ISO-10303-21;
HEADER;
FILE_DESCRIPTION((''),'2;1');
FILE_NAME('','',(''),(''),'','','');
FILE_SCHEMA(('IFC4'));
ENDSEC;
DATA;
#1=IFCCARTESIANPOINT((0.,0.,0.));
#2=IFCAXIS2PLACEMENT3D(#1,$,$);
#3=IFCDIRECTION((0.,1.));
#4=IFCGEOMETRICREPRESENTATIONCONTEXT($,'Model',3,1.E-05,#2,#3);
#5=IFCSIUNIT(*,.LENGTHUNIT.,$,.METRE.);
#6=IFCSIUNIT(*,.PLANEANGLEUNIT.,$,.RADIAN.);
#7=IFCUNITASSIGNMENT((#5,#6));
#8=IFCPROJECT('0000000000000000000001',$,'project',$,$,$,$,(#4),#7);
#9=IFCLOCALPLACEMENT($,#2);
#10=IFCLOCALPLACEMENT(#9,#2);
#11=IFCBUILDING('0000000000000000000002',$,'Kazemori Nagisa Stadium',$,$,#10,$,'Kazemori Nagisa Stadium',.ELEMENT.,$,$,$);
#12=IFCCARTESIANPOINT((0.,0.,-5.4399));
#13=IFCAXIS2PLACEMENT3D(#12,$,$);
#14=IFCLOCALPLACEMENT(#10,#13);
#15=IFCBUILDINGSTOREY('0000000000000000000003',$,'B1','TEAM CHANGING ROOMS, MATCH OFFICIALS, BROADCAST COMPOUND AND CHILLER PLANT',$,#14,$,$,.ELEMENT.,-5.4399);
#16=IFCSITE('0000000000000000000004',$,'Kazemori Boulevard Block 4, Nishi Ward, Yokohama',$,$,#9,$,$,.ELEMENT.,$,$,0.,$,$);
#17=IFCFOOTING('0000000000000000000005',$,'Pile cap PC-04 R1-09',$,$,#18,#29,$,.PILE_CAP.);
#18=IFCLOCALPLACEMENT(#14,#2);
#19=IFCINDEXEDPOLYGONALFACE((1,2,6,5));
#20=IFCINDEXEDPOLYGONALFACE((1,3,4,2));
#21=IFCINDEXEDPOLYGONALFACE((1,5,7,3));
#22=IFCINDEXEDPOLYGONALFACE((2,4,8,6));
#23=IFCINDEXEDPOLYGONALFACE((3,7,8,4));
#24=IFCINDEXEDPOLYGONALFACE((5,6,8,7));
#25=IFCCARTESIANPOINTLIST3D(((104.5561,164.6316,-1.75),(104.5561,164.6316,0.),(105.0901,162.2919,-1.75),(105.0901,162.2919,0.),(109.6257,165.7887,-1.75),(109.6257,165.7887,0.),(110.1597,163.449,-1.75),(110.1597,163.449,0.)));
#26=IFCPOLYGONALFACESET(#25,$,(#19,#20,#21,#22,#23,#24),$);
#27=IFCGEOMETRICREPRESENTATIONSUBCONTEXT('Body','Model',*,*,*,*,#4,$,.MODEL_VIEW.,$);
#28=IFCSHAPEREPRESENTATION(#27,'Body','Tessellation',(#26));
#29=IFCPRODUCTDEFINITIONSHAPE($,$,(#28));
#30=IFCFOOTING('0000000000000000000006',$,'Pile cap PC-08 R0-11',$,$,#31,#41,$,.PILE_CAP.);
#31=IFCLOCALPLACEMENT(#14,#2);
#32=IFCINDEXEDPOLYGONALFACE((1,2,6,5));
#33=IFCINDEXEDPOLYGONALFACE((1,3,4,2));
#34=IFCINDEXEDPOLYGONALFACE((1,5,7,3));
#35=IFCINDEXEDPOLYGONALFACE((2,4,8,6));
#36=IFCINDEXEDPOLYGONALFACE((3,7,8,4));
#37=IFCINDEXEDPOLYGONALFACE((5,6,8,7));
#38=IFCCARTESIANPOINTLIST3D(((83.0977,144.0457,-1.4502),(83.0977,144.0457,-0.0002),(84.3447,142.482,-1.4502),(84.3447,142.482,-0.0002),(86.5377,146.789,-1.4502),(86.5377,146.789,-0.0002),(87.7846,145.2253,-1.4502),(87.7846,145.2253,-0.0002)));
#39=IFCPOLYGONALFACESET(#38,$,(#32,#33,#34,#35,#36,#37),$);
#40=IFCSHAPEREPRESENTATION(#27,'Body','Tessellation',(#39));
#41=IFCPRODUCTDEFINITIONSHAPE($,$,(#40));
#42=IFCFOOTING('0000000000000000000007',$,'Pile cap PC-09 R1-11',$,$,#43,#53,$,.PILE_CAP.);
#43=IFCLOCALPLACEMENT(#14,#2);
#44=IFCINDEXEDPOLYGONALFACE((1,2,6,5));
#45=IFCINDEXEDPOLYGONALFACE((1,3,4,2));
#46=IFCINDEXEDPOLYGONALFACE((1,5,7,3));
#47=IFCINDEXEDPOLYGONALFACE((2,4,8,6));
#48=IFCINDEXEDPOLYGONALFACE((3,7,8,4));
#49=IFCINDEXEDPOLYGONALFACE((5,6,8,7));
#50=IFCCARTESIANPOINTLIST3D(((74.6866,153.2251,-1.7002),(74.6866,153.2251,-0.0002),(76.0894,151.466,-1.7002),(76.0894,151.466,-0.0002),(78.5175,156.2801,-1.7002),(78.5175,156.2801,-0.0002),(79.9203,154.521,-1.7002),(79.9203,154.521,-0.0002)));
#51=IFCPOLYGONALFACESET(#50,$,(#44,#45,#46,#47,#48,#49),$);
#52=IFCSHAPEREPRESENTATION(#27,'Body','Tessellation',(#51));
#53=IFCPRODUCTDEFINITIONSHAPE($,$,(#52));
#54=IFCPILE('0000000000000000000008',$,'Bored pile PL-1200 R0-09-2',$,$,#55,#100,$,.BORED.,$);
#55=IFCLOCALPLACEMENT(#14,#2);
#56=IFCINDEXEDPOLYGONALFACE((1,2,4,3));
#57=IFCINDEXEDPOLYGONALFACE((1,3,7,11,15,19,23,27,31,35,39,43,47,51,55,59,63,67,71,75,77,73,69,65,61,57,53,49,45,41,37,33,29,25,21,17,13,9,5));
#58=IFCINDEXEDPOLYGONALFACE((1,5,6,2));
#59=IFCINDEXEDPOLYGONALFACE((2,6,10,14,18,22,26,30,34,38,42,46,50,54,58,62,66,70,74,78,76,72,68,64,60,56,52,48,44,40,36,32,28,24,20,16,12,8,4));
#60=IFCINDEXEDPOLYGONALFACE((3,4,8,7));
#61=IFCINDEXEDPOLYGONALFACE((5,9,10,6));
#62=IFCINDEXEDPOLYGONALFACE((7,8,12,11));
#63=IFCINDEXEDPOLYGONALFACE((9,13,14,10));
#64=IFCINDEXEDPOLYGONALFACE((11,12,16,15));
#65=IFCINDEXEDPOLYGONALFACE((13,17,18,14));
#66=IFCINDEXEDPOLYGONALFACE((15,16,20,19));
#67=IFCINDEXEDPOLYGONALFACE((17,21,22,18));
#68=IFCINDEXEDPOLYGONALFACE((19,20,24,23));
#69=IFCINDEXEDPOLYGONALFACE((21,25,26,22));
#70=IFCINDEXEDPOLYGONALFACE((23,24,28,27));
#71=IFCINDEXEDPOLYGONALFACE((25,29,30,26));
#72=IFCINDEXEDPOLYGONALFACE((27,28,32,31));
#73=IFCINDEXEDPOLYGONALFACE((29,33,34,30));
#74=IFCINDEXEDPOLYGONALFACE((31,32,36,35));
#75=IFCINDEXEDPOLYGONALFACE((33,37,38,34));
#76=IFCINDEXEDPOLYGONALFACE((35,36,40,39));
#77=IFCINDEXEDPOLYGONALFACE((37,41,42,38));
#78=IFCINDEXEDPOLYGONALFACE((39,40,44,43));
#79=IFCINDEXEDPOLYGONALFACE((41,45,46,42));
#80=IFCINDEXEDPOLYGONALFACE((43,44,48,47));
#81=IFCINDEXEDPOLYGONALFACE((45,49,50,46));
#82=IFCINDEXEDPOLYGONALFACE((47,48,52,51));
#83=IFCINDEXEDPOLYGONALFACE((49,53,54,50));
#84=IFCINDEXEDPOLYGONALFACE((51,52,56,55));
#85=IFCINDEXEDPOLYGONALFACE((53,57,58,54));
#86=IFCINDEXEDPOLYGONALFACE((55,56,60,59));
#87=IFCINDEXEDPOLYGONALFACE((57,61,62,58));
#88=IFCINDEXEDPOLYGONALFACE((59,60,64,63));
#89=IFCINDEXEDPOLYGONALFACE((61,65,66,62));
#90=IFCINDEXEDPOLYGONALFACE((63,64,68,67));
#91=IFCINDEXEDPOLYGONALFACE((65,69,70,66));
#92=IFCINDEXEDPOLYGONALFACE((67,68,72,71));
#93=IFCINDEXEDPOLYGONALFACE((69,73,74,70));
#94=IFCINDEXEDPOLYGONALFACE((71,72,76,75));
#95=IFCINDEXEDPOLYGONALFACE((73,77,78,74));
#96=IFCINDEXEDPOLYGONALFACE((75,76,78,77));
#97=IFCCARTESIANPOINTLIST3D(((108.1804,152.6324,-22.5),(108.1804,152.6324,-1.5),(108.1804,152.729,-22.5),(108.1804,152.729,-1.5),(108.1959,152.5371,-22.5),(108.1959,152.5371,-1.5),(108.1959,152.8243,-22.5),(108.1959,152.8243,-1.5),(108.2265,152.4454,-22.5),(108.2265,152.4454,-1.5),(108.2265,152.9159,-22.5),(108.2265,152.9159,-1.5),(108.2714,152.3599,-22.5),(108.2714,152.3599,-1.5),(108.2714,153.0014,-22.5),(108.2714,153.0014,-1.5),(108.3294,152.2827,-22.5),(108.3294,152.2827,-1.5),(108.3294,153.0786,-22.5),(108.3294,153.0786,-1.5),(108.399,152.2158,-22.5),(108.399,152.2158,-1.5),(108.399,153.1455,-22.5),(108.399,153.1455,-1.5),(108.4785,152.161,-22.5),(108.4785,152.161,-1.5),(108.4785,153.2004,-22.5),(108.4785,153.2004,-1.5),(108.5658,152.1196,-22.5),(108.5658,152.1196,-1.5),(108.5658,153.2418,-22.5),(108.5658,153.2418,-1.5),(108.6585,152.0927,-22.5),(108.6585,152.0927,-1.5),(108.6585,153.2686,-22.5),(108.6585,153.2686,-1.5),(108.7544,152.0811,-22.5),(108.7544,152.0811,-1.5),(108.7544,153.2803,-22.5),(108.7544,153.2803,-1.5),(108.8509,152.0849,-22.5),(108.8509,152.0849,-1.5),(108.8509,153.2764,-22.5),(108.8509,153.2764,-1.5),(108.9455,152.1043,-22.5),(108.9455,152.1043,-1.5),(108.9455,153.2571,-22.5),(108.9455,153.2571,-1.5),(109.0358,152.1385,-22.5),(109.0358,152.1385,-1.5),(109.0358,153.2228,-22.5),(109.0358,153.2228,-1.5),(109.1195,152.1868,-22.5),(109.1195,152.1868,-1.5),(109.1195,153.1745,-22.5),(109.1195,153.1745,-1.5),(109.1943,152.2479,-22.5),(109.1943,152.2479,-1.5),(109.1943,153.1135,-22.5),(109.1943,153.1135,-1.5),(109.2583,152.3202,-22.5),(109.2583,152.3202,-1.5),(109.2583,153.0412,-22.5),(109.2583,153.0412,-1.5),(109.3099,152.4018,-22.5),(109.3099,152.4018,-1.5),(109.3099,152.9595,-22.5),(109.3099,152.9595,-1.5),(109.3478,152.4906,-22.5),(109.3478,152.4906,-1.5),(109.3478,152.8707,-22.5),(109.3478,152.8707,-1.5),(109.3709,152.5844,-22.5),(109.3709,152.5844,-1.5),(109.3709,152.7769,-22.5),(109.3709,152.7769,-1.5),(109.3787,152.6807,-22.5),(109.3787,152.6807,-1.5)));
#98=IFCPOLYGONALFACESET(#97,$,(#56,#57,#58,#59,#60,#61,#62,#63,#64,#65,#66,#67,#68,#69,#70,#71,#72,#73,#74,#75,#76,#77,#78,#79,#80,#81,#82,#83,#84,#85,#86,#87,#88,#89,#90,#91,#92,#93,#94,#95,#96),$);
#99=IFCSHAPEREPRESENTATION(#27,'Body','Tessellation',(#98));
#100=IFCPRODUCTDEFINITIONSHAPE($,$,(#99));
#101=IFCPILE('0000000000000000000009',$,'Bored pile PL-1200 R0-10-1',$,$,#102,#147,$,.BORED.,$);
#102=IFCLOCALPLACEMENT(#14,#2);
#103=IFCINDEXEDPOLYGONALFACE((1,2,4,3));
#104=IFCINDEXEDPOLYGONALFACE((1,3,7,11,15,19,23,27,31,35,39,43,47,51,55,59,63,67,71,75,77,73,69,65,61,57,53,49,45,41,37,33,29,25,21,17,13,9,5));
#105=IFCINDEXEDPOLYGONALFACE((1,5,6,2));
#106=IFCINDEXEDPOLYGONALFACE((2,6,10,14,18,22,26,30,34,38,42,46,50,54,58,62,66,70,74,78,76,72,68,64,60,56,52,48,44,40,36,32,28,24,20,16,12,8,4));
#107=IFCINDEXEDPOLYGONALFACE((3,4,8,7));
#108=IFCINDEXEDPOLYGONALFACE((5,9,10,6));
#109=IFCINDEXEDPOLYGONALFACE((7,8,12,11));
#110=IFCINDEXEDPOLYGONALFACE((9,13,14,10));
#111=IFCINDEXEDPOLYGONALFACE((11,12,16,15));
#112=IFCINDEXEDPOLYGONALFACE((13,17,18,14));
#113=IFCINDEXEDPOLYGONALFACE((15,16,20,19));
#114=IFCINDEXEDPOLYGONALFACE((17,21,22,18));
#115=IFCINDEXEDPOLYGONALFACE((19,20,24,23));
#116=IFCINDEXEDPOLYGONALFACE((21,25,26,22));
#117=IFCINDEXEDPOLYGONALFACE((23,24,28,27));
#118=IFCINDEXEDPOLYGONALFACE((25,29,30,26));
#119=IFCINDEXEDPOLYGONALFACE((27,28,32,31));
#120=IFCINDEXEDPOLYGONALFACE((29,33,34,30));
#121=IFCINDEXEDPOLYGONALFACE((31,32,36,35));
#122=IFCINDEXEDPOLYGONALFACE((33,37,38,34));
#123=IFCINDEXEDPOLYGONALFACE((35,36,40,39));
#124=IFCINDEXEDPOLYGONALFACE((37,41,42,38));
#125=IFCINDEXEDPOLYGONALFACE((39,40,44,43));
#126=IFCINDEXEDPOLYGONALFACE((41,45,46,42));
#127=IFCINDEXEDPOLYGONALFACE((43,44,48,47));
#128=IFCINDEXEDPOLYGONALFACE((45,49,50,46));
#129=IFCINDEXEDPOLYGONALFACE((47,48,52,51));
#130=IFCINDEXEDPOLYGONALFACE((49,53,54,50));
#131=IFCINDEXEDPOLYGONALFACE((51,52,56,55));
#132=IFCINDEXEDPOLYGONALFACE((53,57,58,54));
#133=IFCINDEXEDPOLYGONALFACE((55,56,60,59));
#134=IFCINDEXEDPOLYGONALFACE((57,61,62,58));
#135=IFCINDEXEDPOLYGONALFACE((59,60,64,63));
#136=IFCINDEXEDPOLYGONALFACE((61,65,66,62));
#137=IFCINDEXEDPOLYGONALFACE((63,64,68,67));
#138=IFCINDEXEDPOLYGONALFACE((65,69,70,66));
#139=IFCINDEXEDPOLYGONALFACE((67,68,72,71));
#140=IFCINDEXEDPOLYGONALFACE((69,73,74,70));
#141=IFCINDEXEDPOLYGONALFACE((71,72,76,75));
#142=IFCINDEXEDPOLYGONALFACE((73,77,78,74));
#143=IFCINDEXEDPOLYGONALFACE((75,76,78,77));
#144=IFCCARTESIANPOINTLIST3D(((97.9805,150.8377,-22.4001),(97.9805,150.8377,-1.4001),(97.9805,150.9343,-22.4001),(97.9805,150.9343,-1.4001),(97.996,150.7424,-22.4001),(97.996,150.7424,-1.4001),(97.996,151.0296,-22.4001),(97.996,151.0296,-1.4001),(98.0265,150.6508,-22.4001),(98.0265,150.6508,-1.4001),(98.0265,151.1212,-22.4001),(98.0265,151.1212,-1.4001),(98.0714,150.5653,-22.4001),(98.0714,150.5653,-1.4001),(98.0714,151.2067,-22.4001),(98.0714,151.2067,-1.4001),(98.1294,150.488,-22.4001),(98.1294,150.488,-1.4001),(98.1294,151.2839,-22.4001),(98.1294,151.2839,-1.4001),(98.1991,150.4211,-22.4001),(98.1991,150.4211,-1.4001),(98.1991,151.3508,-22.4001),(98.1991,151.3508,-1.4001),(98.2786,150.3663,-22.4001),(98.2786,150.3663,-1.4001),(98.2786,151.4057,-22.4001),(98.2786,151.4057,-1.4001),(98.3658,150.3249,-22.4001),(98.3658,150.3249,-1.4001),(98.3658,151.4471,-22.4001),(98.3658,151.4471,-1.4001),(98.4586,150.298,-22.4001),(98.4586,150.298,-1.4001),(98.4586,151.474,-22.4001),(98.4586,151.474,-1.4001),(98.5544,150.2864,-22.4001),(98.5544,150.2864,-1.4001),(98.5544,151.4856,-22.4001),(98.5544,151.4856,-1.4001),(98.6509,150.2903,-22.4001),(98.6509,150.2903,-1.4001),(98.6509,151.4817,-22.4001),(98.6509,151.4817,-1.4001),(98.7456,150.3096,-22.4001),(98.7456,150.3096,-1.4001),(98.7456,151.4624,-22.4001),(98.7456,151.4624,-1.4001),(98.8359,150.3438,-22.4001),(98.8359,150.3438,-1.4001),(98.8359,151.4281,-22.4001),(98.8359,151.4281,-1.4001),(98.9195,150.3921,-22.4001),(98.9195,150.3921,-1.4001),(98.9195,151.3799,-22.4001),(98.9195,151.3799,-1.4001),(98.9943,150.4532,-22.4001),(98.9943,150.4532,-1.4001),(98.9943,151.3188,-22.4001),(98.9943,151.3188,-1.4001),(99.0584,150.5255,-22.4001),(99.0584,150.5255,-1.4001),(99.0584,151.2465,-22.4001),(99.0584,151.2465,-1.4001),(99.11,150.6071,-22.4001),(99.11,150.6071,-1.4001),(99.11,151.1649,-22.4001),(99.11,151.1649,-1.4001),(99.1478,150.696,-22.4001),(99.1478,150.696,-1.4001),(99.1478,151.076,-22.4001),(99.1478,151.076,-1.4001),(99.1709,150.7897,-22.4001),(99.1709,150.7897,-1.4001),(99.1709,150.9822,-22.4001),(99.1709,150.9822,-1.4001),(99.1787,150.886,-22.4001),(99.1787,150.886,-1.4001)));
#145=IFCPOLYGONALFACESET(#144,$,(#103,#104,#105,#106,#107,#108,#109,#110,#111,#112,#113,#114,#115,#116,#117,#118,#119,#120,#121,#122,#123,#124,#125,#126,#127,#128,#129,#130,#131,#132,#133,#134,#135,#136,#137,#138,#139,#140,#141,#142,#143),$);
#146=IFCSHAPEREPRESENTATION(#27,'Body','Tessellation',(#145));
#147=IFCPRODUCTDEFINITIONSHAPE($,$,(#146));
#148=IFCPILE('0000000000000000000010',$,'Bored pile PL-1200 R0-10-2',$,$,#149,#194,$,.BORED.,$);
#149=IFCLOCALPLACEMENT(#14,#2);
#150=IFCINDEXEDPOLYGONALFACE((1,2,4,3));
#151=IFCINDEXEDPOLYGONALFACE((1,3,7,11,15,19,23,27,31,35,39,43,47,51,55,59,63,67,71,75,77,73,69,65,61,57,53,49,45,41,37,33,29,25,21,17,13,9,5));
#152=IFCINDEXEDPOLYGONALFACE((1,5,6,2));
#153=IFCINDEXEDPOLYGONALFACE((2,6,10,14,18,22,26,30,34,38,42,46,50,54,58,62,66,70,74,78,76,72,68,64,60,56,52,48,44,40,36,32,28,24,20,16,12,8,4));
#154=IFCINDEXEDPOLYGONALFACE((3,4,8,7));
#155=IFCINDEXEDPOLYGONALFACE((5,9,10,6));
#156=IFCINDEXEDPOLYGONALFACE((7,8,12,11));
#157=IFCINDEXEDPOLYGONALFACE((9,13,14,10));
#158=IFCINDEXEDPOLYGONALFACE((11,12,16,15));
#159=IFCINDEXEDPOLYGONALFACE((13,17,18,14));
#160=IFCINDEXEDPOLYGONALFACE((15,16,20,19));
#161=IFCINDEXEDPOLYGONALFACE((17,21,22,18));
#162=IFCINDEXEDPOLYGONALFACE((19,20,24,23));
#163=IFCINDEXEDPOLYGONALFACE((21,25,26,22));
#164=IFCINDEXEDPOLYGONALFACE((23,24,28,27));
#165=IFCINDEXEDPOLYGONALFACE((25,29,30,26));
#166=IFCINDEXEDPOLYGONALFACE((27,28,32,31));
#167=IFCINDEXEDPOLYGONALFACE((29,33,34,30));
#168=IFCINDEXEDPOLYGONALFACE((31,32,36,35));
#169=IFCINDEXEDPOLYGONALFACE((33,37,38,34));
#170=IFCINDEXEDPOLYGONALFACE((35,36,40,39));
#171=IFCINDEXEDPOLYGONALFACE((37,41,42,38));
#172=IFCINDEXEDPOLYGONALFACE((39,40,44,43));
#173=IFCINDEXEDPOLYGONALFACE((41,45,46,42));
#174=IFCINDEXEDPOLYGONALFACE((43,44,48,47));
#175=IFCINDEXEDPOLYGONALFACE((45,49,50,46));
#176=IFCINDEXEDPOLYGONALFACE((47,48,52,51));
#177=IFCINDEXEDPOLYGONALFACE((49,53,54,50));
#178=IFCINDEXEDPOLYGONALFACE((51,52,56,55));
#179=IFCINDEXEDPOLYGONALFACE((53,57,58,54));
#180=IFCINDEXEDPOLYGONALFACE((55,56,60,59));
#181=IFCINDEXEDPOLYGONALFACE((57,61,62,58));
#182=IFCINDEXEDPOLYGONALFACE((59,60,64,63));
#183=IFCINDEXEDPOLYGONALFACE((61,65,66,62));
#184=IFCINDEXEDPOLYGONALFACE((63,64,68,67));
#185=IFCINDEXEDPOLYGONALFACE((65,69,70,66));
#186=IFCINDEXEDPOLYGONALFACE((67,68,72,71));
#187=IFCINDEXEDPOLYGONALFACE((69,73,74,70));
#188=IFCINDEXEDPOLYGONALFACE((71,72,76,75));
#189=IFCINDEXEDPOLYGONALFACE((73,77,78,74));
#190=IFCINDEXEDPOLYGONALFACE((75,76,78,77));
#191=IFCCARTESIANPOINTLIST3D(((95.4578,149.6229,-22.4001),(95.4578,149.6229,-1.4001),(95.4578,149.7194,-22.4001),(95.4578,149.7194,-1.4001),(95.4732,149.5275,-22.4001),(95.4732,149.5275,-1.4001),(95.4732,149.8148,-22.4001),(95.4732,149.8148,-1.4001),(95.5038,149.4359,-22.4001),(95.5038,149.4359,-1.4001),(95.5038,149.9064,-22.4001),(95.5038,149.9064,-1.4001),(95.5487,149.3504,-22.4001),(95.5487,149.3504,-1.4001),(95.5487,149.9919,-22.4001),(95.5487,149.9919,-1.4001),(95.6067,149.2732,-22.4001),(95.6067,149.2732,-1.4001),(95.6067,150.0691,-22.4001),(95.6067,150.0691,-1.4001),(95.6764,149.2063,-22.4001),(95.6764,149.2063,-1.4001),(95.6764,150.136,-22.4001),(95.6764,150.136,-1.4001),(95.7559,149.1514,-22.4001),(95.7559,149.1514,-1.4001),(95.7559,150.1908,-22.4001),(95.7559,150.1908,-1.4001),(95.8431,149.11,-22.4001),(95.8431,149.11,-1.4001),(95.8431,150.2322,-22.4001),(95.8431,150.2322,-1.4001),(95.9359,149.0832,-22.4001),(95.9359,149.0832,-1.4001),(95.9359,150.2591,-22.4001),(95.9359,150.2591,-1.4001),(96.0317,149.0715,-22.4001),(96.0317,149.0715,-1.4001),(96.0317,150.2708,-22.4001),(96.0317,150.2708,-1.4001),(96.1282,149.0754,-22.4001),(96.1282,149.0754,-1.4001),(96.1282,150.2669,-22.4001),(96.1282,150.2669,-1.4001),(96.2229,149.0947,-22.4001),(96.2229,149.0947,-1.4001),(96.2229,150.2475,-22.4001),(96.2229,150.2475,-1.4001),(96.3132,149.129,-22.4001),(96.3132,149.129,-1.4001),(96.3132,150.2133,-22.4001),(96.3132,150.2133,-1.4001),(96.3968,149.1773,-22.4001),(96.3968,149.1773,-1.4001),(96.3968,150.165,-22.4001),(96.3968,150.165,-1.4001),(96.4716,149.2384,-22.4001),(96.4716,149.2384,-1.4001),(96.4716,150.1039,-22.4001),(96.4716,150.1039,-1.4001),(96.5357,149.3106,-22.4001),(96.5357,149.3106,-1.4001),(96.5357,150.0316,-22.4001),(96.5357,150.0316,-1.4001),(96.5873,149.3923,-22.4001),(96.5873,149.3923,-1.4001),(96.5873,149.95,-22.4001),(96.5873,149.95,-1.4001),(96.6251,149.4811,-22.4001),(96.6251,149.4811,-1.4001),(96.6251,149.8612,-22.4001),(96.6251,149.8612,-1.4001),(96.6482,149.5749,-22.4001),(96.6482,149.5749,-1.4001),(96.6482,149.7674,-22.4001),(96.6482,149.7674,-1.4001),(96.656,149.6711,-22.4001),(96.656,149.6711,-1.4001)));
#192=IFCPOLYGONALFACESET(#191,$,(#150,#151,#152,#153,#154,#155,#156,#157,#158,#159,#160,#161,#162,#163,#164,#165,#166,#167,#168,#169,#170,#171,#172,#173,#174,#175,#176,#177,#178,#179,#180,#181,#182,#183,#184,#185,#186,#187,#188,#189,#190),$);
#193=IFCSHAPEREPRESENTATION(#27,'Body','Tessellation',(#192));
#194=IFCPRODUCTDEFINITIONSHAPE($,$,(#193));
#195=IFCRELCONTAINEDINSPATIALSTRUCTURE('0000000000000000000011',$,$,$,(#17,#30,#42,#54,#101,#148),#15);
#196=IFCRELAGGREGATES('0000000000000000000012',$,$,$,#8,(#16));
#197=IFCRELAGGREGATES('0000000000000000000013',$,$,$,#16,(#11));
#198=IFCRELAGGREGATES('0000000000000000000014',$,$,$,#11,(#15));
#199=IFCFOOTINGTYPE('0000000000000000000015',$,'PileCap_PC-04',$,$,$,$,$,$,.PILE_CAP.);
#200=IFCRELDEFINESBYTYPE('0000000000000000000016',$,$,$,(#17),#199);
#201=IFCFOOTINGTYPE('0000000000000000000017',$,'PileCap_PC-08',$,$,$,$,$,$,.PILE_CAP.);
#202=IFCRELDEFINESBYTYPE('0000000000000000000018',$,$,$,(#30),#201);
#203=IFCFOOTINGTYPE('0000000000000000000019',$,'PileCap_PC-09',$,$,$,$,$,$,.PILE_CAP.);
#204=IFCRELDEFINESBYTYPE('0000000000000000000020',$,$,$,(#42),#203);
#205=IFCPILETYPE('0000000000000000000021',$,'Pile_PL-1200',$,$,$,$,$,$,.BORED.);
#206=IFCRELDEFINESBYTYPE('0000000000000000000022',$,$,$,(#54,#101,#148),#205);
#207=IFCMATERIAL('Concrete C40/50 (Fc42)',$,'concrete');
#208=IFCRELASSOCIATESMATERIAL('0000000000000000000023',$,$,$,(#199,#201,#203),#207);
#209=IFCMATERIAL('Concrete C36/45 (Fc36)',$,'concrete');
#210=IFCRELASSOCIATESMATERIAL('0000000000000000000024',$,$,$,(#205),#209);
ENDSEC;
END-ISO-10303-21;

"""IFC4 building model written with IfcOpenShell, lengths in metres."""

from ifc_helpers import new_model, si_unit, direction, frame, origin, origin_2d, place, context, subcontext, project, spatial, rectangle, circle, extrude, material, material_profile, profile_set, type_object, element, save


model = new_model("IFC4")

# Units and contexts
model_context = context("Model", 3, precision=1e-05, world=origin(), true_north=direction((0.0, 1.0)))
body_context = subcontext(model_context, "Body", "Model", "MODEL_VIEW")
ifc_project = project(units=[si_unit("LENGTHUNIT", "METRE"), si_unit("PLANEANGLEUNIT", "RADIAN")], contexts=[model_context])

# Site, building, storey
site_placement = place(None, origin())
site = spatial("IfcSite", under=ifc_project, at=site_placement, Name="Kazemori Boulevard Block 4, Nishi Ward, Yokohama", CompositionType="ELEMENT", RefElevation=0.0)
building_placement = place(site_placement, origin())
building = spatial("IfcBuilding", under=site, at=building_placement, Name="Kazemori Nagisa Stadium", LongName="Kazemori Nagisa Stadium", CompositionType="ELEMENT")
storey_placement = place(building_placement, frame((0.0, 0.0, -5.4399)))
storey = spatial("IfcBuildingStorey", under=building, at=storey_placement, Name="B1", Description="TEAM CHANGING ROOMS, MATCH OFFICIALS, BROADCAST COMPOUND AND CHILLER PLANT", CompositionType="ELEMENT", Elevation=-5.4399)

# Footings
ifc_material_1 = material(Name="Concrete C40/50 (Fc42)", Category="concrete")
footing_type_1 = type_object("IfcFootingType", Name="PileCap_PC-04", PredefinedType="PILE_CAP", material=ifc_material_1)
footing_1_placement = place(storey_placement, frame((107.3579, 164.0403, -1.75), z_axis=(0.0, 0.0, 1.0), x_axis=(-0.974928, -0.222521, 0.0)))
element("IfcFooting", 1, at=footing_1_placement, inside=storey, type_object=footing_type_1, Name="Pile cap PC-04 R1-09", PredefinedType="PILE_CAP", context=body_context, shape_type="SweptSolid", body=[
    extrude(rectangle(XDim=5.2, YDim=2.3999, at=origin_2d()), origin(), (0.0, 0.0, 1.0), 1.75),
])
footing_type_2 = type_object("IfcFootingType", Name="PileCap_PC-08", PredefinedType="PILE_CAP", material=ifc_material_1)
footing_2_placement = place(storey_placement, frame((85.4412, 144.6355, -1.4502), z_axis=(0.0, 0.0, 1.0), x_axis=(-0.781831, -0.62349, 0.0)))
element("IfcFooting", 2, at=footing_2_placement, inside=storey, type_object=footing_type_2, Name="Pile cap PC-08 R0-11", PredefinedType="PILE_CAP", context=body_context, shape_type="SweptSolid", body=[
    extrude(rectangle(XDim=4.3999, YDim=2.0, at=origin_2d()), origin(), (0.0, 0.0, 1.0), 1.45),
])
footing_type_3 = type_object("IfcFootingType", Name="PileCap_PC-09", PredefinedType="PILE_CAP", material=ifc_material_1)
footing_3_placement = place(storey_placement, frame((77.3035, 153.873, -1.7002), z_axis=(0.0, 0.0, 1.0), x_axis=(-0.781831, -0.62349, 0.0)))
element("IfcFooting", 3, at=footing_3_placement, inside=storey, type_object=footing_type_3, Name="Pile cap PC-09 R1-11", PredefinedType="PILE_CAP", context=body_context, shape_type="SweptSolid", body=[
    extrude(rectangle(XDim=4.8999, YDim=2.25, at=origin_2d()), origin(), (0.0, 0.0, 1.0), 1.7),
])

# Piles
ifc_material_2 = material(Name="Concrete C36/45 (Fc36)", Category="concrete")
ifc_material_profile_1 = material_profile(ifc_material_2, circle(Radius=0.6001, at=origin_2d()), Name="PILE-D1200")
ifc_profile_set_1 = profile_set([ifc_material_profile_1], Name="Concrete C36/45 (Fc36)")
pile_type = type_object("IfcPileType", Name="Pile_PL-1200", PredefinedType="BORED", material=ifc_profile_set_1)
for number, where, z_axis, x_axis, name in (
    (4, (108.7786, 152.6807, -1.5), (0.0, 0.0, -1.0), (1.0, 0.0, 0.0), "Bored pile PL-1200 R0-09-2"),
    (5, (98.5786, 150.886, -1.4001), (0.0, 0.0, -1.0), (1.0, 0.0, 0.0), "Bored pile PL-1200 R0-10-1"),
    (6, (96.0559, 149.6711, -1.4001), (0.0, 0.0, -1.0), (1.0, 0.0, 0.0), "Bored pile PL-1200 R0-10-2"),
):
    element("IfcPile", number, at=place(storey_placement, frame(where, z_axis=z_axis, x_axis=x_axis)), inside=storey, type_object=pile_type, Name=name, PredefinedType="BORED", context=body_context, shape_type="SweptSolid", body=[
        extrude(circle(Radius=0.6001, at=origin_2d()), origin(), (0.0, 0.0, 1.0), 21.0),
    ])

save(model, "model.ifc")
